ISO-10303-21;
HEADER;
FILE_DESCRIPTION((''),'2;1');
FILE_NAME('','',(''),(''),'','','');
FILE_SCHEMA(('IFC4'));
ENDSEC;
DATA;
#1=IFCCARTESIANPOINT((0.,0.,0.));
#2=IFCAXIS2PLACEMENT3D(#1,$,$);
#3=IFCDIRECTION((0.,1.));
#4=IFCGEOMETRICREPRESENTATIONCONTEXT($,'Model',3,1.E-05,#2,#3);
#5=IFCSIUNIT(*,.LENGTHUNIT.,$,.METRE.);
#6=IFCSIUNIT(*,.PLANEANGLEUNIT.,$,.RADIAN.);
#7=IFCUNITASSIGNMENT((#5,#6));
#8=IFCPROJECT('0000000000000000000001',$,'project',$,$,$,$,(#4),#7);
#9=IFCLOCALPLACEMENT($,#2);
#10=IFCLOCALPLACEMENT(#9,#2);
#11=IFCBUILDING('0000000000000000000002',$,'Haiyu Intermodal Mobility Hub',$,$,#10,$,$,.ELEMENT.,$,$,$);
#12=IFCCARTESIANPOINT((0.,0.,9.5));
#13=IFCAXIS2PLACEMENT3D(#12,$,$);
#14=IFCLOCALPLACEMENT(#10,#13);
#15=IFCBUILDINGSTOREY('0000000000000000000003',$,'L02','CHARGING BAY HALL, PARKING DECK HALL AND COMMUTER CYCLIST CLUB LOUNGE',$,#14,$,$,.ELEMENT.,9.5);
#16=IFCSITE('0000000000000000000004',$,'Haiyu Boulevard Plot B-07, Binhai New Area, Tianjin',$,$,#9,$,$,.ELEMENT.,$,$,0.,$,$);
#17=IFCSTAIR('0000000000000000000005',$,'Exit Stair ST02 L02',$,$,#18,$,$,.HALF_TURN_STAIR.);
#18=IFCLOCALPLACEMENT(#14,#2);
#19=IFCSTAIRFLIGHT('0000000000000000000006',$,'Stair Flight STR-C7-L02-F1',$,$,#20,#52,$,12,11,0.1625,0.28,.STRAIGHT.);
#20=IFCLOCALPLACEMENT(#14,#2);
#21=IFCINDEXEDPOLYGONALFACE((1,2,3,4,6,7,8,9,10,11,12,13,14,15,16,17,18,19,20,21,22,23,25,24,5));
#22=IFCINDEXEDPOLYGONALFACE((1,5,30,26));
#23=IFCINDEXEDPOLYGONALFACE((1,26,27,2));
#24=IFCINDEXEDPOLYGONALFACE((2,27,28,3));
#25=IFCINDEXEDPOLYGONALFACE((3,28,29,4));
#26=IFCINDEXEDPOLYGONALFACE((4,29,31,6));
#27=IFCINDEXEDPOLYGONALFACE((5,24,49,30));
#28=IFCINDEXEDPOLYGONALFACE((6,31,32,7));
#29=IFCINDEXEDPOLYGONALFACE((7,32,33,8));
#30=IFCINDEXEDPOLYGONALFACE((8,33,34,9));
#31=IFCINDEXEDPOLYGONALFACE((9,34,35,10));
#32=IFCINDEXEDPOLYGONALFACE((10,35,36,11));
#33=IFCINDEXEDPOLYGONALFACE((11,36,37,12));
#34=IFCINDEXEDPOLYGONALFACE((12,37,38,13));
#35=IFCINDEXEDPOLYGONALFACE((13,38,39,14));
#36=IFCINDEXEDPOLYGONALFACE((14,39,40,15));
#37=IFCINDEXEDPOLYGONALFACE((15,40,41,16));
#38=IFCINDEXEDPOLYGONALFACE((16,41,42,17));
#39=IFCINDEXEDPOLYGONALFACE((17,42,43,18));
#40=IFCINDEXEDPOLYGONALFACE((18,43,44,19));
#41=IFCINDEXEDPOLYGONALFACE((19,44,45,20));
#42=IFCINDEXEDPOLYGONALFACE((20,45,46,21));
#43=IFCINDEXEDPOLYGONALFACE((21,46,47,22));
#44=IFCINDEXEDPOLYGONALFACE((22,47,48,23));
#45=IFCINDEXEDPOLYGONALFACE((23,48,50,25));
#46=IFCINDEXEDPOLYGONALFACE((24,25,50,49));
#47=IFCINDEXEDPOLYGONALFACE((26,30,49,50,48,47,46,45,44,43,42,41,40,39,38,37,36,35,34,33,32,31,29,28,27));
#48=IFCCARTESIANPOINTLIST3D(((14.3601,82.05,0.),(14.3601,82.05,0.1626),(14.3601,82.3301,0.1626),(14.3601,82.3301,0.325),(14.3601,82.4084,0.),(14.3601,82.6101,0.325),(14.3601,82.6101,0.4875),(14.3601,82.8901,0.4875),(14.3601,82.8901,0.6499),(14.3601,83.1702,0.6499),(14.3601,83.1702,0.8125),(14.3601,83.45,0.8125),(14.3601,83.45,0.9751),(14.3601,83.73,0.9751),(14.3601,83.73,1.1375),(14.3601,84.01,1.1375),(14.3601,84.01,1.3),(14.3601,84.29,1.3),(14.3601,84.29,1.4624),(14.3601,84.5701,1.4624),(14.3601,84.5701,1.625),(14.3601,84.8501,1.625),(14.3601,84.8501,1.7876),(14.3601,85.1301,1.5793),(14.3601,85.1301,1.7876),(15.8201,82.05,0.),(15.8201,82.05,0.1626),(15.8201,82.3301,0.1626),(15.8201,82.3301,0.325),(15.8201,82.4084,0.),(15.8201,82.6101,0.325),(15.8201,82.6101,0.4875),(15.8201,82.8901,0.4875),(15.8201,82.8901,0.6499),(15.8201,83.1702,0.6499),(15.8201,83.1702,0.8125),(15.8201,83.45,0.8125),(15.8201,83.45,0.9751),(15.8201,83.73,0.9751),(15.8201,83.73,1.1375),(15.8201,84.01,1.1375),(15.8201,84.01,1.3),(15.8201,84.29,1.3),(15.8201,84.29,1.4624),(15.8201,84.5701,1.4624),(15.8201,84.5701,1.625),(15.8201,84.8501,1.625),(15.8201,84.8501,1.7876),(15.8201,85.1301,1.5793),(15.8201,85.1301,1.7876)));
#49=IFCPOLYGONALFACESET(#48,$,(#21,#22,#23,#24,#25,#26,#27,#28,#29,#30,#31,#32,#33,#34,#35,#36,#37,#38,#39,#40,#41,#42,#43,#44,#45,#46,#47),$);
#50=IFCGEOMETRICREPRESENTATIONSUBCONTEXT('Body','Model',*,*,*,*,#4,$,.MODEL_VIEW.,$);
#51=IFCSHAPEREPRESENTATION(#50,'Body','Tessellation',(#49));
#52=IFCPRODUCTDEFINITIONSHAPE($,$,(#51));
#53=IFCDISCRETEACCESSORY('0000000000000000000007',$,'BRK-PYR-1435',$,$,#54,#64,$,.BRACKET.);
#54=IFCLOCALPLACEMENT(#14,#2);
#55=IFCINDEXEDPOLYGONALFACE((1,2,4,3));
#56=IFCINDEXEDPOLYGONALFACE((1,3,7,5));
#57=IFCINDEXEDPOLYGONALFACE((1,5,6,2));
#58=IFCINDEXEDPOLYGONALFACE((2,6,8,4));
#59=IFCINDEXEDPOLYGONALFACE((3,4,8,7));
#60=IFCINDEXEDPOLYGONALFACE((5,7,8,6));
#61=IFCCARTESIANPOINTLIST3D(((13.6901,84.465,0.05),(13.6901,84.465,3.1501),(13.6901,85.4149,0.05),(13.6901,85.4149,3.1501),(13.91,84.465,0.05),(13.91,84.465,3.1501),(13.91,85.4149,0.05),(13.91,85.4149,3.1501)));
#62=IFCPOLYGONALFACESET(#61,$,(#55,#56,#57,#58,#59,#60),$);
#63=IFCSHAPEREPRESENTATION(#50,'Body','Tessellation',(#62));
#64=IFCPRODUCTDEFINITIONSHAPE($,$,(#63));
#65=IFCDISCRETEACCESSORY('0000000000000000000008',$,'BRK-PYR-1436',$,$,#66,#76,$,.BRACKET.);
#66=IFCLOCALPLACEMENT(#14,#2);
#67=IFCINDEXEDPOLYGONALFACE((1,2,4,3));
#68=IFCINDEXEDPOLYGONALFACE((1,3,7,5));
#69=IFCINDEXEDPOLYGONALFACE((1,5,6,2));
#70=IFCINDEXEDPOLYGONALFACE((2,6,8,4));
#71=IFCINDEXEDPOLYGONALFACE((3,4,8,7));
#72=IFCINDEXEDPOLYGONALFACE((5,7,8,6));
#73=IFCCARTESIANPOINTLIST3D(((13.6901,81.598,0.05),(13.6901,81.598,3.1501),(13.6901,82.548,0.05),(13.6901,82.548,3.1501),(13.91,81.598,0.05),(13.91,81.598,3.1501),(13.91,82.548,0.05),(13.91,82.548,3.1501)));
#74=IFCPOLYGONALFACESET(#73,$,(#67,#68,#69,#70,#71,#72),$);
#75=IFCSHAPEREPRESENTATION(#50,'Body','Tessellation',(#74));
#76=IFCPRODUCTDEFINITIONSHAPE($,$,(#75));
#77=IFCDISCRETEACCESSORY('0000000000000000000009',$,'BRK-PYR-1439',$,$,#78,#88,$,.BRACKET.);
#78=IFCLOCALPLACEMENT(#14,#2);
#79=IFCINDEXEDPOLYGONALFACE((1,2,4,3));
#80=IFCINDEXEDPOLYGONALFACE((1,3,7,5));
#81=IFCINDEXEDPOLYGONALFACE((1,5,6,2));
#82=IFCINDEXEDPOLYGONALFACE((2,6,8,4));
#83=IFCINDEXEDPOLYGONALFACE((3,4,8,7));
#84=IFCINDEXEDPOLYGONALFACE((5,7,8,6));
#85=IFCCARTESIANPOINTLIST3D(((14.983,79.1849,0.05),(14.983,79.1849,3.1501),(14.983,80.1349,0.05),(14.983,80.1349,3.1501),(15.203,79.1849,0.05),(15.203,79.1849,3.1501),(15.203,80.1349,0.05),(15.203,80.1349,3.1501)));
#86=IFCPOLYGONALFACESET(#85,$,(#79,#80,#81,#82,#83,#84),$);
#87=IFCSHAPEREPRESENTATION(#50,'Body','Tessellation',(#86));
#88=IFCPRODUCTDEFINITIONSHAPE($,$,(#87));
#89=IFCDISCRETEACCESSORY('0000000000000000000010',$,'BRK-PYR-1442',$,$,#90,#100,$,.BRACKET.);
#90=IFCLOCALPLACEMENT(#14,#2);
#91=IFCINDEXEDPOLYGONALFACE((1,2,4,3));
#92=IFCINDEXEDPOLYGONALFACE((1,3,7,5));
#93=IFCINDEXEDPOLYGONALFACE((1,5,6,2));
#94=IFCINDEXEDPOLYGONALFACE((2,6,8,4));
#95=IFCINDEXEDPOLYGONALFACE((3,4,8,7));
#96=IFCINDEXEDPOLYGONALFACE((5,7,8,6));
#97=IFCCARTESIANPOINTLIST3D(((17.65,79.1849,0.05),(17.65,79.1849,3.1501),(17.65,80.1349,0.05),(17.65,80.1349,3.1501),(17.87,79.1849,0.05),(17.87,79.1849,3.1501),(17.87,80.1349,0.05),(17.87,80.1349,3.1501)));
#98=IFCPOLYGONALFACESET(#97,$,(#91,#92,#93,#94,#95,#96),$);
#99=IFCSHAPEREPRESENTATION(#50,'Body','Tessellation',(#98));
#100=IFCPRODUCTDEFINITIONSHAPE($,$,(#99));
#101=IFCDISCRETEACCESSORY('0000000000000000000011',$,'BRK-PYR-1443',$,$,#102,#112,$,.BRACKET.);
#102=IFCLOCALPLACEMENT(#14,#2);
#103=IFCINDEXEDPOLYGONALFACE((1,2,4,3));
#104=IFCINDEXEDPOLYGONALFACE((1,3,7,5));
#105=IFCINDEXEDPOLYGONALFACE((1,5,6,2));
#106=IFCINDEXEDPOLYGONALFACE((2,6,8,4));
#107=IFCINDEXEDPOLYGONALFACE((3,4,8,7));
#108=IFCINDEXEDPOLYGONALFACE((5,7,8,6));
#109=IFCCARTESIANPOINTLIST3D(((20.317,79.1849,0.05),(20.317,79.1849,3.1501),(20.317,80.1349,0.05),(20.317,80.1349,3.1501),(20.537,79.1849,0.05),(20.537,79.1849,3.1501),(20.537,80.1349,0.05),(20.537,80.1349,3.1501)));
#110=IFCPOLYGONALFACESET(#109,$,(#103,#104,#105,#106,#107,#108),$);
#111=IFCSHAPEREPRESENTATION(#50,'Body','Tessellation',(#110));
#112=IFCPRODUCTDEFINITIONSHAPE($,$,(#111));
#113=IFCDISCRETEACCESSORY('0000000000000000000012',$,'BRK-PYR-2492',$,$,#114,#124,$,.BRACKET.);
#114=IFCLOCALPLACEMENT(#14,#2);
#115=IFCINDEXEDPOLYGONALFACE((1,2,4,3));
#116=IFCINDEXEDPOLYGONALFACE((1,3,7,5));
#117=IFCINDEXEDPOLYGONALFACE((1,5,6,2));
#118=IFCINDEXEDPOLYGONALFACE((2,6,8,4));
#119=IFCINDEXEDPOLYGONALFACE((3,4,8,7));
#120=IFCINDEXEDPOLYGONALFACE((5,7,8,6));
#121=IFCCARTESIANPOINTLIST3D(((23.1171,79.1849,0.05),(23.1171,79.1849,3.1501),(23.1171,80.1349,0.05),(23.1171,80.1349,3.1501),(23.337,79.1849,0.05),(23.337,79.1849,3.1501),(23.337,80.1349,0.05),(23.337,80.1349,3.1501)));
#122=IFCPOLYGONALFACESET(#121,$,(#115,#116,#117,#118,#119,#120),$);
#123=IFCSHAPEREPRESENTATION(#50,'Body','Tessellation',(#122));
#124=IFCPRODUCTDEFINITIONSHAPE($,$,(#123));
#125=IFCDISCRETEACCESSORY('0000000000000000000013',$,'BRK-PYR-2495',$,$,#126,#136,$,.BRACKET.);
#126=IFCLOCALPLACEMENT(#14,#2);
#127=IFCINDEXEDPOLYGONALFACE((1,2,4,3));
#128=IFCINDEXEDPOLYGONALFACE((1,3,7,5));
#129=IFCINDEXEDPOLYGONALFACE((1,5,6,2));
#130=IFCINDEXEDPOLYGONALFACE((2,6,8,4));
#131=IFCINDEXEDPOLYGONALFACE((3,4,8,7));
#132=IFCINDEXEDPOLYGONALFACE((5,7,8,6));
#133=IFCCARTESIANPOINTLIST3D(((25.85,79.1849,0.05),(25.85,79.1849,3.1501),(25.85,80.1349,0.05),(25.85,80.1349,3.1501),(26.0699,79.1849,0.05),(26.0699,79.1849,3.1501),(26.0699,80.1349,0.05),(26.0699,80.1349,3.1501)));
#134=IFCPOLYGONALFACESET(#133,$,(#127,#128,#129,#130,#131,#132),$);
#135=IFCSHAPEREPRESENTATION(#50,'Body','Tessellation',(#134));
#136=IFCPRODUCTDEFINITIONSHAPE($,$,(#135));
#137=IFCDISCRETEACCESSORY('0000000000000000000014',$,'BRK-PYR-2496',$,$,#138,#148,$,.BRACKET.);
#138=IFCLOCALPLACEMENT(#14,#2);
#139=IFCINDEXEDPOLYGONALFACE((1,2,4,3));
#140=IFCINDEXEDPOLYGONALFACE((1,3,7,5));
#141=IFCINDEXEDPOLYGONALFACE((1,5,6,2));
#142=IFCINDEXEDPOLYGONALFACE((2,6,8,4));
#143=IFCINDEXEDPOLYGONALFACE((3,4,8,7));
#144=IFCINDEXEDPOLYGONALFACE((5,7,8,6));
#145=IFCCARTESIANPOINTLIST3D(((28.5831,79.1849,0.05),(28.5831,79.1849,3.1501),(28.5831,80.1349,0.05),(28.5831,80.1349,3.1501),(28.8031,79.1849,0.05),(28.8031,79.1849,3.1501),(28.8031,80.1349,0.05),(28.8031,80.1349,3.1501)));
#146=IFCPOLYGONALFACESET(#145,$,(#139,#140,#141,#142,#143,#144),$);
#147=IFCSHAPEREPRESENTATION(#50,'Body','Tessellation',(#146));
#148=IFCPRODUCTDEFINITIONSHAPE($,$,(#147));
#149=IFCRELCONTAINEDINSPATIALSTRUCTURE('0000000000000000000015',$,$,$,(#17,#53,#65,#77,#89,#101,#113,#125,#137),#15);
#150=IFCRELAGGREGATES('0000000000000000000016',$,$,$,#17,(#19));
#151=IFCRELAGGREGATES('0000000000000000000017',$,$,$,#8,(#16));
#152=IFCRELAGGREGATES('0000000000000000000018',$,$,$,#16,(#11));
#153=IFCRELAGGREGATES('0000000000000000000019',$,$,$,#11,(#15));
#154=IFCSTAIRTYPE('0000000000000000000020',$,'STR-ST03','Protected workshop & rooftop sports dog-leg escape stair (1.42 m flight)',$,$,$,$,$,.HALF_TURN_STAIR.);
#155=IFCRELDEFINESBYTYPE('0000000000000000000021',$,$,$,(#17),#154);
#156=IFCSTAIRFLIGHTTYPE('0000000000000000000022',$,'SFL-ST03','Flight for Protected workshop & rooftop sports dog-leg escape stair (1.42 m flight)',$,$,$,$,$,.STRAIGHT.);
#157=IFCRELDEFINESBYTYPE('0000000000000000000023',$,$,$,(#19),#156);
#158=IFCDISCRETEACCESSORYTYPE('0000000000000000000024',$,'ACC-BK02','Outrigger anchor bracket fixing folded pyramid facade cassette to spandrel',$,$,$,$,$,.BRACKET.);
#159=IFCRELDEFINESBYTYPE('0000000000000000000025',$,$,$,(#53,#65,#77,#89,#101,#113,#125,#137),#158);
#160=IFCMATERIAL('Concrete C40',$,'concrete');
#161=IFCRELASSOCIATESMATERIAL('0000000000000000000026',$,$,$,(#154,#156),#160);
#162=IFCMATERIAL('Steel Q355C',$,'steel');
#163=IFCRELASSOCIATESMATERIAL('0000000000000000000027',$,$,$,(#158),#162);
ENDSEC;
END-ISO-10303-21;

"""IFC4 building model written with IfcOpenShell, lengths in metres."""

from ifc_helpers import new_model, si_unit, direction, frame, origin, origin_2d, place, context, subcontext, project, spatial, polyline, rectangle, outline, extrude, material, type_object, element, aggregate, save


model = new_model("IFC4")

# Units and contexts
model_context = context("Model", 3, precision=1e-05, world=origin(), true_north=direction((0.0, 1.0)))
body_context = subcontext(model_context, "Body", "Model", "MODEL_VIEW")
ifc_project = project(units=[si_unit("LENGTHUNIT", "METRE"), si_unit("PLANEANGLEUNIT", "RADIAN")], contexts=[model_context])

# Site, building, storey
site_placement = place(None, origin())
site = spatial("IfcSite", under=ifc_project, at=site_placement, Name="Haiyu Boulevard Plot B-07, Binhai New Area, Tianjin", CompositionType="ELEMENT", RefElevation=0.0)
building_placement = place(site_placement, origin())
building = spatial("IfcBuilding", under=site, at=building_placement, Name="Haiyu Intermodal Mobility Hub", CompositionType="ELEMENT")
storey_placement = place(building_placement, frame((0.0, 0.0, 9.5)))
storey = spatial("IfcBuildingStorey", under=building, at=storey_placement, Name="L02", Description="CHARGING BAY HALL, PARKING DECK HALL AND COMMUTER CYCLIST CLUB LOUNGE", CompositionType="ELEMENT", Elevation=9.5)

# Shared definitions
ifc_material_1 = material(Name="Concrete C40", Category="concrete")

# Shared definitions
ifc_material_2 = material(Name="Steel Q355C", Category="steel")

# Stair, stair flight
stair_type = type_object("IfcStairType", Name="STR-ST03", Description="Protected workshop & rooftop sports dog-leg escape stair (1.42 m flight)", PredefinedType="HALF_TURN_STAIR", material=ifc_material_1)
stair_placement = place(storey_placement, origin())
stair = element("IfcStair", 1, at=stair_placement, inside=storey, type_object=stair_type, Name="Exit Stair ST02 L02", PredefinedType="HALF_TURN_STAIR")
stair_flight_type = type_object("IfcStairFlightType", Name="SFL-ST03", Description="Flight for Protected workshop & rooftop sports dog-leg escape stair (1.42 m flight)", PredefinedType="STRAIGHT", material=ifc_material_1)
stair_flight_placement = place(storey_placement, frame((15.0901, 82.05, 0.0), z_axis=(0.0, 0.0, 1.0), x_axis=(0.0, 1.0, 0.0)))
stair_flight = element("IfcStairFlight", 2, at=stair_flight_placement, type_object=stair_flight_type, Name="Stair Flight STR-C7-L02-F1", NumberOfRisers=12, NumberOfTreads=11, PredefinedType="STRAIGHT", RiserHeight=0.1625, TreadLength=0.28, context=body_context, shape_type="SweptSolid", body=[
    extrude(outline(polyline([(0.0, 0.0), (0.0, 0.1626), (0.28, 0.1626), (0.28, 0.325), (0.5601, 0.325), (0.5601, 0.4875), (0.8401, 0.4875), (0.8401, 0.6499), (1.1201, 0.6499), (1.1201, 0.8125), (1.3999, 0.8125), (1.3999, 0.9751), (1.6799, 0.9751), (1.6799, 1.1375), (1.96, 1.1375), (1.96, 1.3), (2.24, 1.3), (2.24, 1.4624), (2.52, 1.4624), (2.52, 1.625), (2.8, 1.625), (2.8, 1.7876), (3.0801, 1.7876), (3.0801, 1.95), (3.0801, 1.5793), (0.3584, 0.0), (0.0, 0.0)])), frame((0.0, 0.73, 0.0), z_axis=(0.0, -1.0, 0.0), x_axis=(1.0, 0.0, 0.0)), (0.0, 0.0, 1.0), 1.46),
])
aggregate(stair, [stair_flight])

# Discrete accessories
discrete_accessory_type = type_object("IfcDiscreteAccessoryType", Name="ACC-BK02", Description="Outrigger anchor bracket fixing folded pyramid facade cassette to spandrel", PredefinedType="BRACKET", material=ifc_material_2)
for number, where, z_axis, x_axis, name in (
    (3, (13.8, 84.9399, 0.05), (0.0, 0.0, 1.0), (1.0, 0.0, 0.0), "BRK-PYR-1435"),
    (4, (13.8, 82.073, 0.05), (0.0, 0.0, 1.0), (1.0, 0.0, 0.0), "BRK-PYR-1436"),
    (5, (15.093, 79.6599, 0.05), (0.0, 0.0, 1.0), (1.0, 0.0, 0.0), "BRK-PYR-1439"),
    (6, (17.76, 79.6599, 0.05), (0.0, 0.0, 1.0), (1.0, 0.0, 0.0), "BRK-PYR-1442"),
    (7, (20.427, 79.6599, 0.05), (0.0, 0.0, 1.0), (1.0, 0.0, 0.0), "BRK-PYR-1443"),
    (8, (23.2271, 79.6599, 0.05), (0.0, 0.0, 1.0), (1.0, 0.0, 0.0), "BRK-PYR-2492"),
    (9, (25.96, 79.6599, 0.05), (0.0, 0.0, 1.0), (1.0, 0.0, 0.0), "BRK-PYR-2495"),
    (10, (28.6931, 79.6599, 0.05), (0.0, 0.0, 1.0), (1.0, 0.0, 0.0), "BRK-PYR-2496"),
):
    element("IfcDiscreteAccessory", number, at=place(storey_placement, frame(where, z_axis=z_axis, x_axis=x_axis)), inside=storey, type_object=discrete_accessory_type, Name=name, PredefinedType="BRACKET", context=body_context, shape_type="SweptSolid", body=[
        extrude(rectangle(XDim=0.22, YDim=0.95, at=origin_2d()), origin(), (0.0, 0.0, 1.0), 3.1001),
    ])

save(model, "model.ifc")
